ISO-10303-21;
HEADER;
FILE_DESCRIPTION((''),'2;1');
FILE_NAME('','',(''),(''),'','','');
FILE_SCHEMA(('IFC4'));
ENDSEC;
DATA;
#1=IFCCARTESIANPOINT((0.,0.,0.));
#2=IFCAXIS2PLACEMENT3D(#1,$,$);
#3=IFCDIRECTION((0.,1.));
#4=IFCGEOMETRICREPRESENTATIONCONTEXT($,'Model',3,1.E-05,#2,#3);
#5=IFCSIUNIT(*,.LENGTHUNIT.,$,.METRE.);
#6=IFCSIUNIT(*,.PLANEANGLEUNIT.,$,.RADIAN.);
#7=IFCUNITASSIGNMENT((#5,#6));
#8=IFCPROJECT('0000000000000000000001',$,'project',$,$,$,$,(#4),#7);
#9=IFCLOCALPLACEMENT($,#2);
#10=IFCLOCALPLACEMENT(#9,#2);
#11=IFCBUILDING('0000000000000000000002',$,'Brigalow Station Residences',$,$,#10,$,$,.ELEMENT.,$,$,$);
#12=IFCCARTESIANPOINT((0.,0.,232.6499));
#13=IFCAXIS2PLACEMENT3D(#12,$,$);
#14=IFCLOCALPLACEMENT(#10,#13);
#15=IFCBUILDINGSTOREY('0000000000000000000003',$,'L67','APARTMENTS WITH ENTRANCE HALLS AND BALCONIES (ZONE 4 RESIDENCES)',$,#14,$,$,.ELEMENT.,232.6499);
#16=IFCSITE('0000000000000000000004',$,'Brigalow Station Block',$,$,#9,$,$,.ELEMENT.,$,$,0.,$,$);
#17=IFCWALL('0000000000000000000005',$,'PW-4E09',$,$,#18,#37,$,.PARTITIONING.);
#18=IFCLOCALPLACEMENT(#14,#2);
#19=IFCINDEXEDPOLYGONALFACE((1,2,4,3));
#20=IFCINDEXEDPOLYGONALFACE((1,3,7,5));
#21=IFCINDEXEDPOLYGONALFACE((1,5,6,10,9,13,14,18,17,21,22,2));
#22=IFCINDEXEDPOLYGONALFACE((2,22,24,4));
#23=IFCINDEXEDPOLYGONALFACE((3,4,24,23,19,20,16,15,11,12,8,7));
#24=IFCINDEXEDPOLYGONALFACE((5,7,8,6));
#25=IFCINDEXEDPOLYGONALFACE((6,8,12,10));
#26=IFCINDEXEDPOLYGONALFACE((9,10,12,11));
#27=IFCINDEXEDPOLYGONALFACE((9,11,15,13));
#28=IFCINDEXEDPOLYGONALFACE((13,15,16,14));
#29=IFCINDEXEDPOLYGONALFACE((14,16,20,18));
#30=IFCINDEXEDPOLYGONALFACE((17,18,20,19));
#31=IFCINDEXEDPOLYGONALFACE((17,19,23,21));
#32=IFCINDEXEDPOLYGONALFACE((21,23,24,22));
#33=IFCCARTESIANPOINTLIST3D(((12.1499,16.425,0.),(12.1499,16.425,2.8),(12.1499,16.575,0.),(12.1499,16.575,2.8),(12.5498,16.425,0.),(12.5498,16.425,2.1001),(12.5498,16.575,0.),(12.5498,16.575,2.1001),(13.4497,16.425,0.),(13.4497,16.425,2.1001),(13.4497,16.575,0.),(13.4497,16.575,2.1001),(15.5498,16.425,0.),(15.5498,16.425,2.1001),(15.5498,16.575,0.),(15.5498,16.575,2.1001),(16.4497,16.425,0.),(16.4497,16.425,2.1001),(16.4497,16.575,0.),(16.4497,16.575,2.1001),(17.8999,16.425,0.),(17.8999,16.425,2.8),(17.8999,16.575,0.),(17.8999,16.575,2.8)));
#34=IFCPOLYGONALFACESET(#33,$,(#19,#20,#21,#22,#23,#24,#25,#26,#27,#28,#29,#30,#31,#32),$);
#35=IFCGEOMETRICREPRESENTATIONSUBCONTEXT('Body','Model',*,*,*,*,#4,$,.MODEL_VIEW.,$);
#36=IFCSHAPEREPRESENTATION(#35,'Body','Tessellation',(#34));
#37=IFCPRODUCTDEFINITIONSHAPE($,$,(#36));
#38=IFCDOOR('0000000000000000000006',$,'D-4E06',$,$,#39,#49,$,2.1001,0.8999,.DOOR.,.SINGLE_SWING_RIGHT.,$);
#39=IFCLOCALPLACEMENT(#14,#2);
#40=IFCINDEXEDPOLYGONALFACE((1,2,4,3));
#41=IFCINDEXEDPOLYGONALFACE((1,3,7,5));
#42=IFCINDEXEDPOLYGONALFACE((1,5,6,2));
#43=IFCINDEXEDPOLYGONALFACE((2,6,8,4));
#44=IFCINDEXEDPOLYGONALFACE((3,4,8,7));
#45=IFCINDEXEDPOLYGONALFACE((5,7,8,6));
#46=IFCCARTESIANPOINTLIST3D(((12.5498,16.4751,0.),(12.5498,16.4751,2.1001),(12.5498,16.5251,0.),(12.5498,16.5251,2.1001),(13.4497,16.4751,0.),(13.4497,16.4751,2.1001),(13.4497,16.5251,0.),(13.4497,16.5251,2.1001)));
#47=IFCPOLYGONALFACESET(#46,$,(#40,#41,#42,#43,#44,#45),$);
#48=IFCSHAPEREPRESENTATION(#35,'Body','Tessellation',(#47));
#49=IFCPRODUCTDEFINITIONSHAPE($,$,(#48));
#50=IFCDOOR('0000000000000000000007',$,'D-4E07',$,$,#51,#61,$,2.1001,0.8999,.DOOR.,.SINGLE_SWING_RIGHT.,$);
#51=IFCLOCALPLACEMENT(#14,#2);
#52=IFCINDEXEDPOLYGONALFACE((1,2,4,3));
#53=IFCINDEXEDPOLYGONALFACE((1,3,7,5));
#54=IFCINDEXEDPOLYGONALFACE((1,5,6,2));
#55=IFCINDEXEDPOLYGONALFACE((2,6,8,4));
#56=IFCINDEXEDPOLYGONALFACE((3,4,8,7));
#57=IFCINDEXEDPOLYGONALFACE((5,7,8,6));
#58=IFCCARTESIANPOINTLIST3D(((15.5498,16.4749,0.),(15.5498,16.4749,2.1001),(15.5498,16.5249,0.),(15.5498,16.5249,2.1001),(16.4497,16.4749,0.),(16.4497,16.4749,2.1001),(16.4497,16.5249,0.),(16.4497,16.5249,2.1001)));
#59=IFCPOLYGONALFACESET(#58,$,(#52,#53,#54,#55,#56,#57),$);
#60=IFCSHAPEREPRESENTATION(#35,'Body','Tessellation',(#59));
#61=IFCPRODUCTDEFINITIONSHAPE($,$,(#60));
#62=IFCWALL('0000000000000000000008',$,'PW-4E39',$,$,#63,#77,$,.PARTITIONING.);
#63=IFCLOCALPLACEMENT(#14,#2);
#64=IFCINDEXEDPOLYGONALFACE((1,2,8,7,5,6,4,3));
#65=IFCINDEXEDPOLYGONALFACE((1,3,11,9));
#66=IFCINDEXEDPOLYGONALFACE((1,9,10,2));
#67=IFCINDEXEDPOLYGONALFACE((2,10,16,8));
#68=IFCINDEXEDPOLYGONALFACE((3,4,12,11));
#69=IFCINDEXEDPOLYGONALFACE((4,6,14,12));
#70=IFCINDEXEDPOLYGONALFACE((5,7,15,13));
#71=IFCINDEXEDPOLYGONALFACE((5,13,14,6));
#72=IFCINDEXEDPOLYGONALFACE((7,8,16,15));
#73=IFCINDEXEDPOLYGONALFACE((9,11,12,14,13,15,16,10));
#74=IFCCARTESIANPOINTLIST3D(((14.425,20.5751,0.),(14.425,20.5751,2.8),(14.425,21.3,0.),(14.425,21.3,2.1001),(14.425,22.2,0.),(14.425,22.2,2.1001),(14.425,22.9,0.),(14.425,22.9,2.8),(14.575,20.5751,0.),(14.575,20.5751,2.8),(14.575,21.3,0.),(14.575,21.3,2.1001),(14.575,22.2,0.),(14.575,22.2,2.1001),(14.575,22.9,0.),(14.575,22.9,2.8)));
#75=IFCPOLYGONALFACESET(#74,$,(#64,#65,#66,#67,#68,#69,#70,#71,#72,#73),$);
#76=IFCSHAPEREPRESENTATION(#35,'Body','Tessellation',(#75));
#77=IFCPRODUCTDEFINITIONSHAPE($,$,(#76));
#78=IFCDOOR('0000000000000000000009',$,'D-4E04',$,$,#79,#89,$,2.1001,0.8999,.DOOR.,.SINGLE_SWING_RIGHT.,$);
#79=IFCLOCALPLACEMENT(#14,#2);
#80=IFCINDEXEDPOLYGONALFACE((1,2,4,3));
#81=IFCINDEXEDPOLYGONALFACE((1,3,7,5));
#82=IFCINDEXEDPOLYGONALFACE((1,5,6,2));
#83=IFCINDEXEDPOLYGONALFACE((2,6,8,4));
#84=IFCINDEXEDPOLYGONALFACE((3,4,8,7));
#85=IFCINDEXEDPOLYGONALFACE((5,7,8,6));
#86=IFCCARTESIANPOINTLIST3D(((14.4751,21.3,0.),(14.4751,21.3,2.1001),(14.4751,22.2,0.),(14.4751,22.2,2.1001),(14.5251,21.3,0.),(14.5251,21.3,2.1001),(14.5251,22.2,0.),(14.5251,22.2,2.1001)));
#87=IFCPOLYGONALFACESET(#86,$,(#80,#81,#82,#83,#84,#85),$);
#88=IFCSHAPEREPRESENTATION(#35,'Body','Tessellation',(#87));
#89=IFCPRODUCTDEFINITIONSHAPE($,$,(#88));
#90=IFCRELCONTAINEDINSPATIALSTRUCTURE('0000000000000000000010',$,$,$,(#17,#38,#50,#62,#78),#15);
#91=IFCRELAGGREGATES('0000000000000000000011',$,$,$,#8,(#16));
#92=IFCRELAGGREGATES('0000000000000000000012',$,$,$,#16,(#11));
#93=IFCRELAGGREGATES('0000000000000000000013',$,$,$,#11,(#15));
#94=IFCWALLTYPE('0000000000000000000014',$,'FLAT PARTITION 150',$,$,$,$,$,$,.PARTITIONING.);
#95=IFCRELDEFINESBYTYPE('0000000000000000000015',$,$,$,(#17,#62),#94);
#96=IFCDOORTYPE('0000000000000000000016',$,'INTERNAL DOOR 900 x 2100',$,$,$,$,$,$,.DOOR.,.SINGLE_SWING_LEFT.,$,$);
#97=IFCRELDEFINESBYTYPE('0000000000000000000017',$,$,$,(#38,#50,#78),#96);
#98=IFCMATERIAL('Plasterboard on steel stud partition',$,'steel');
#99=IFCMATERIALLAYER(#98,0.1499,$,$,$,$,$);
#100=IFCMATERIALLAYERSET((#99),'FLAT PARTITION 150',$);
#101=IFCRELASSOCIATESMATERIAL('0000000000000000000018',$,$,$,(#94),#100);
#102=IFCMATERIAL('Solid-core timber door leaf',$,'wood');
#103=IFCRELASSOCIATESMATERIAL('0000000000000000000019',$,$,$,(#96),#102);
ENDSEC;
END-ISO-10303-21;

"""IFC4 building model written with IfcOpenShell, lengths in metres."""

from ifc_helpers import new_model, si_unit, direction, frame, frame_2d, origin, place, context, subcontext, project, spatial, rectangle, extrude, material, layer, layer_set, type_object, element, fill, save


model = new_model("IFC4")

# Units and contexts
model_context = context("Model", 3, precision=1e-05, world=origin(), true_north=direction((0.0, 1.0)))
body_context = subcontext(model_context, "Body", "Model", "MODEL_VIEW")
ifc_project = project(units=[si_unit("LENGTHUNIT", "METRE"), si_unit("PLANEANGLEUNIT", "RADIAN")], contexts=[model_context])

# Site, building, storey
site_placement = place(None, origin())
site = spatial("IfcSite", under=ifc_project, at=site_placement, Name="Brigalow Station Block", CompositionType="ELEMENT", RefElevation=0.0)
building_placement = place(site_placement, origin())
building = spatial("IfcBuilding", under=site, at=building_placement, Name="Brigalow Station Residences", CompositionType="ELEMENT")
storey_placement = place(building_placement, frame((0.0, 0.0, 232.6499)))
storey = spatial("IfcBuildingStorey", under=building, at=storey_placement, Name="L67", Description="APARTMENTS WITH ENTRANCE HALLS AND BALCONIES (ZONE 4 RESIDENCES)", CompositionType="ELEMENT", Elevation=232.6499)

# Shared definitions
ifc_material_1 = material(Name="Plasterboard on steel stud partition", Category="steel")
ifc_layer_1 = layer(ifc_material_1, 0.1499)
ifc_layer_set_1 = layer_set([ifc_layer_1], Name="FLAT PARTITION 150")
wall_type_1 = type_object("IfcWallType", Name="FLAT PARTITION 150", PredefinedType="PARTITIONING", material=ifc_layer_set_1)

# Wall, openings, doors
wall_1_placement = place(storey_placement, frame((12.1499, 16.5, 0.0), z_axis=(0.0, 0.0, 1.0), x_axis=(1.0, 0.0, 0.0)))
wall_1 = element("IfcWall", 1, at=wall_1_placement, inside=storey, type_object=wall_type_1, Name="PW-4E09", PredefinedType="PARTITIONING", context=body_context, shape_type="SweptSolid", body=[
    extrude(rectangle(XDim=5.75, YDim=0.1499, at=frame_2d((2.875, 0.0))), origin(), (0.0, 0.0, 1.0), 2.8),
])
opening_1_placement = place(wall_1_placement, frame((0.3999, 0.0, 0.0)))
opening_1 = element("IfcOpeningElement", 2, at=opening_1_placement, cuts=wall_1, PredefinedType="OPENING", context=body_context, shape_type="SweptSolid", body=[
    extrude(rectangle(XDim=0.8999, YDim=2.1001, at=frame_2d((0.45, 1.05))), frame((0.0, 0.085, 0.0), z_axis=(0.0, -1.0, 0.0), x_axis=(1.0, 0.0, 0.0)), (0.0, 0.0, 1.0), 0.1699),
])
opening_2_placement = place(wall_1_placement, frame((3.3999, 0.0, 0.0)))
opening_2 = element("IfcOpeningElement", 3, at=opening_2_placement, cuts=wall_1, PredefinedType="OPENING", context=body_context, shape_type="SweptSolid", body=[
    extrude(rectangle(XDim=0.8999, YDim=2.1001, at=frame_2d((0.45, 1.05))), frame((0.0, 0.085, 0.0), z_axis=(0.0, -1.0, 0.0), x_axis=(1.0, 0.0, 0.0)), (0.0, 0.0, 1.0), 0.1699),
])
ifc_material_2 = material(Name="Solid-core timber door leaf", Category="wood")
door_type_1 = type_object("IfcDoorType", Name="INTERNAL DOOR 900 x 2100", OperationType="SINGLE_SWING_LEFT", PredefinedType="DOOR", material=ifc_material_2)
door_1_placement = place(opening_1_placement, frame((0.8999, 0.0, 0.0), z_axis=(0.0, 0.0, 1.0), x_axis=(-1.0, 0.0, 0.0)))
door_1 = element("IfcDoor", 4, at=door_1_placement, inside=storey, type_object=door_type_1, Name="D-4E06", OperationType="SINGLE_SWING_RIGHT", OverallHeight=2.1001, OverallWidth=0.8999, PredefinedType="DOOR", context=body_context, shape_type="SweptSolid", body=[
    extrude(rectangle(XDim=0.8999, YDim=2.1001, at=frame_2d((0.45, 1.05))), frame((0.0, 0.0249, 0.0), z_axis=(0.0, -1.0, 0.0), x_axis=(1.0, 0.0, 0.0)), (0.0, 0.0, 1.0), 0.05),
])
fill(opening_1, door_1)
door_2_placement = place(opening_2_placement, origin())
door_2 = element("IfcDoor", 5, at=door_2_placement, inside=storey, type_object=door_type_1, Name="D-4E07", OperationType="SINGLE_SWING_RIGHT", OverallHeight=2.1001, OverallWidth=0.8999, PredefinedType="DOOR", context=body_context, shape_type="SweptSolid", body=[
    extrude(rectangle(XDim=0.8999, YDim=2.1001, at=frame_2d((0.45, 1.05))), frame((0.0, 0.0249, 0.0), z_axis=(0.0, -1.0, 0.0), x_axis=(1.0, 0.0, 0.0)), (0.0, 0.0, 1.0), 0.05),
])
fill(opening_2, door_2)

# Wall, opening, door
wall_2_placement = place(storey_placement, frame((14.5, 20.575, 0.0), z_axis=(0.0, 0.0, 1.0), x_axis=(0.0, 1.0, 0.0)))
wall_2 = element("IfcWall", 6, at=wall_2_placement, inside=storey, type_object=wall_type_1, Name="PW-4E39", PredefinedType="PARTITIONING", context=body_context, shape_type="SweptSolid", body=[
    extrude(rectangle(XDim=2.325, YDim=0.1499, at=frame_2d((1.1626, 0.0))), origin(), (0.0, 0.0, 1.0), 2.8),
])
opening_3_placement = place(wall_2_placement, frame((0.7251, 0.0, 0.0)))
opening_3 = element("IfcOpeningElement", 7, at=opening_3_placement, cuts=wall_2, PredefinedType="OPENING", context=body_context, shape_type="SweptSolid", body=[
    extrude(rectangle(XDim=0.8999, YDim=2.1001, at=frame_2d((0.45, 1.05))), frame((0.0, 0.085, 0.0), z_axis=(0.0, -1.0, 0.0), x_axis=(1.0, 0.0, 0.0)), (0.0, 0.0, 1.0), 0.1699),
])
door_3_placement = place(opening_3_placement, origin())
door_3 = element("IfcDoor", 8, at=door_3_placement, inside=storey, type_object=door_type_1, Name="D-4E04", OperationType="SINGLE_SWING_RIGHT", OverallHeight=2.1001, OverallWidth=0.8999, PredefinedType="DOOR", context=body_context, shape_type="SweptSolid", body=[
    extrude(rectangle(XDim=0.8999, YDim=2.1001, at=frame_2d((0.45, 1.05))), frame((0.0, 0.0249, 0.0), z_axis=(0.0, -1.0, 0.0), x_axis=(1.0, 0.0, 0.0)), (0.0, 0.0, 1.0), 0.05),
])
fill(opening_3, door_3)

save(model, "model.ifc")
